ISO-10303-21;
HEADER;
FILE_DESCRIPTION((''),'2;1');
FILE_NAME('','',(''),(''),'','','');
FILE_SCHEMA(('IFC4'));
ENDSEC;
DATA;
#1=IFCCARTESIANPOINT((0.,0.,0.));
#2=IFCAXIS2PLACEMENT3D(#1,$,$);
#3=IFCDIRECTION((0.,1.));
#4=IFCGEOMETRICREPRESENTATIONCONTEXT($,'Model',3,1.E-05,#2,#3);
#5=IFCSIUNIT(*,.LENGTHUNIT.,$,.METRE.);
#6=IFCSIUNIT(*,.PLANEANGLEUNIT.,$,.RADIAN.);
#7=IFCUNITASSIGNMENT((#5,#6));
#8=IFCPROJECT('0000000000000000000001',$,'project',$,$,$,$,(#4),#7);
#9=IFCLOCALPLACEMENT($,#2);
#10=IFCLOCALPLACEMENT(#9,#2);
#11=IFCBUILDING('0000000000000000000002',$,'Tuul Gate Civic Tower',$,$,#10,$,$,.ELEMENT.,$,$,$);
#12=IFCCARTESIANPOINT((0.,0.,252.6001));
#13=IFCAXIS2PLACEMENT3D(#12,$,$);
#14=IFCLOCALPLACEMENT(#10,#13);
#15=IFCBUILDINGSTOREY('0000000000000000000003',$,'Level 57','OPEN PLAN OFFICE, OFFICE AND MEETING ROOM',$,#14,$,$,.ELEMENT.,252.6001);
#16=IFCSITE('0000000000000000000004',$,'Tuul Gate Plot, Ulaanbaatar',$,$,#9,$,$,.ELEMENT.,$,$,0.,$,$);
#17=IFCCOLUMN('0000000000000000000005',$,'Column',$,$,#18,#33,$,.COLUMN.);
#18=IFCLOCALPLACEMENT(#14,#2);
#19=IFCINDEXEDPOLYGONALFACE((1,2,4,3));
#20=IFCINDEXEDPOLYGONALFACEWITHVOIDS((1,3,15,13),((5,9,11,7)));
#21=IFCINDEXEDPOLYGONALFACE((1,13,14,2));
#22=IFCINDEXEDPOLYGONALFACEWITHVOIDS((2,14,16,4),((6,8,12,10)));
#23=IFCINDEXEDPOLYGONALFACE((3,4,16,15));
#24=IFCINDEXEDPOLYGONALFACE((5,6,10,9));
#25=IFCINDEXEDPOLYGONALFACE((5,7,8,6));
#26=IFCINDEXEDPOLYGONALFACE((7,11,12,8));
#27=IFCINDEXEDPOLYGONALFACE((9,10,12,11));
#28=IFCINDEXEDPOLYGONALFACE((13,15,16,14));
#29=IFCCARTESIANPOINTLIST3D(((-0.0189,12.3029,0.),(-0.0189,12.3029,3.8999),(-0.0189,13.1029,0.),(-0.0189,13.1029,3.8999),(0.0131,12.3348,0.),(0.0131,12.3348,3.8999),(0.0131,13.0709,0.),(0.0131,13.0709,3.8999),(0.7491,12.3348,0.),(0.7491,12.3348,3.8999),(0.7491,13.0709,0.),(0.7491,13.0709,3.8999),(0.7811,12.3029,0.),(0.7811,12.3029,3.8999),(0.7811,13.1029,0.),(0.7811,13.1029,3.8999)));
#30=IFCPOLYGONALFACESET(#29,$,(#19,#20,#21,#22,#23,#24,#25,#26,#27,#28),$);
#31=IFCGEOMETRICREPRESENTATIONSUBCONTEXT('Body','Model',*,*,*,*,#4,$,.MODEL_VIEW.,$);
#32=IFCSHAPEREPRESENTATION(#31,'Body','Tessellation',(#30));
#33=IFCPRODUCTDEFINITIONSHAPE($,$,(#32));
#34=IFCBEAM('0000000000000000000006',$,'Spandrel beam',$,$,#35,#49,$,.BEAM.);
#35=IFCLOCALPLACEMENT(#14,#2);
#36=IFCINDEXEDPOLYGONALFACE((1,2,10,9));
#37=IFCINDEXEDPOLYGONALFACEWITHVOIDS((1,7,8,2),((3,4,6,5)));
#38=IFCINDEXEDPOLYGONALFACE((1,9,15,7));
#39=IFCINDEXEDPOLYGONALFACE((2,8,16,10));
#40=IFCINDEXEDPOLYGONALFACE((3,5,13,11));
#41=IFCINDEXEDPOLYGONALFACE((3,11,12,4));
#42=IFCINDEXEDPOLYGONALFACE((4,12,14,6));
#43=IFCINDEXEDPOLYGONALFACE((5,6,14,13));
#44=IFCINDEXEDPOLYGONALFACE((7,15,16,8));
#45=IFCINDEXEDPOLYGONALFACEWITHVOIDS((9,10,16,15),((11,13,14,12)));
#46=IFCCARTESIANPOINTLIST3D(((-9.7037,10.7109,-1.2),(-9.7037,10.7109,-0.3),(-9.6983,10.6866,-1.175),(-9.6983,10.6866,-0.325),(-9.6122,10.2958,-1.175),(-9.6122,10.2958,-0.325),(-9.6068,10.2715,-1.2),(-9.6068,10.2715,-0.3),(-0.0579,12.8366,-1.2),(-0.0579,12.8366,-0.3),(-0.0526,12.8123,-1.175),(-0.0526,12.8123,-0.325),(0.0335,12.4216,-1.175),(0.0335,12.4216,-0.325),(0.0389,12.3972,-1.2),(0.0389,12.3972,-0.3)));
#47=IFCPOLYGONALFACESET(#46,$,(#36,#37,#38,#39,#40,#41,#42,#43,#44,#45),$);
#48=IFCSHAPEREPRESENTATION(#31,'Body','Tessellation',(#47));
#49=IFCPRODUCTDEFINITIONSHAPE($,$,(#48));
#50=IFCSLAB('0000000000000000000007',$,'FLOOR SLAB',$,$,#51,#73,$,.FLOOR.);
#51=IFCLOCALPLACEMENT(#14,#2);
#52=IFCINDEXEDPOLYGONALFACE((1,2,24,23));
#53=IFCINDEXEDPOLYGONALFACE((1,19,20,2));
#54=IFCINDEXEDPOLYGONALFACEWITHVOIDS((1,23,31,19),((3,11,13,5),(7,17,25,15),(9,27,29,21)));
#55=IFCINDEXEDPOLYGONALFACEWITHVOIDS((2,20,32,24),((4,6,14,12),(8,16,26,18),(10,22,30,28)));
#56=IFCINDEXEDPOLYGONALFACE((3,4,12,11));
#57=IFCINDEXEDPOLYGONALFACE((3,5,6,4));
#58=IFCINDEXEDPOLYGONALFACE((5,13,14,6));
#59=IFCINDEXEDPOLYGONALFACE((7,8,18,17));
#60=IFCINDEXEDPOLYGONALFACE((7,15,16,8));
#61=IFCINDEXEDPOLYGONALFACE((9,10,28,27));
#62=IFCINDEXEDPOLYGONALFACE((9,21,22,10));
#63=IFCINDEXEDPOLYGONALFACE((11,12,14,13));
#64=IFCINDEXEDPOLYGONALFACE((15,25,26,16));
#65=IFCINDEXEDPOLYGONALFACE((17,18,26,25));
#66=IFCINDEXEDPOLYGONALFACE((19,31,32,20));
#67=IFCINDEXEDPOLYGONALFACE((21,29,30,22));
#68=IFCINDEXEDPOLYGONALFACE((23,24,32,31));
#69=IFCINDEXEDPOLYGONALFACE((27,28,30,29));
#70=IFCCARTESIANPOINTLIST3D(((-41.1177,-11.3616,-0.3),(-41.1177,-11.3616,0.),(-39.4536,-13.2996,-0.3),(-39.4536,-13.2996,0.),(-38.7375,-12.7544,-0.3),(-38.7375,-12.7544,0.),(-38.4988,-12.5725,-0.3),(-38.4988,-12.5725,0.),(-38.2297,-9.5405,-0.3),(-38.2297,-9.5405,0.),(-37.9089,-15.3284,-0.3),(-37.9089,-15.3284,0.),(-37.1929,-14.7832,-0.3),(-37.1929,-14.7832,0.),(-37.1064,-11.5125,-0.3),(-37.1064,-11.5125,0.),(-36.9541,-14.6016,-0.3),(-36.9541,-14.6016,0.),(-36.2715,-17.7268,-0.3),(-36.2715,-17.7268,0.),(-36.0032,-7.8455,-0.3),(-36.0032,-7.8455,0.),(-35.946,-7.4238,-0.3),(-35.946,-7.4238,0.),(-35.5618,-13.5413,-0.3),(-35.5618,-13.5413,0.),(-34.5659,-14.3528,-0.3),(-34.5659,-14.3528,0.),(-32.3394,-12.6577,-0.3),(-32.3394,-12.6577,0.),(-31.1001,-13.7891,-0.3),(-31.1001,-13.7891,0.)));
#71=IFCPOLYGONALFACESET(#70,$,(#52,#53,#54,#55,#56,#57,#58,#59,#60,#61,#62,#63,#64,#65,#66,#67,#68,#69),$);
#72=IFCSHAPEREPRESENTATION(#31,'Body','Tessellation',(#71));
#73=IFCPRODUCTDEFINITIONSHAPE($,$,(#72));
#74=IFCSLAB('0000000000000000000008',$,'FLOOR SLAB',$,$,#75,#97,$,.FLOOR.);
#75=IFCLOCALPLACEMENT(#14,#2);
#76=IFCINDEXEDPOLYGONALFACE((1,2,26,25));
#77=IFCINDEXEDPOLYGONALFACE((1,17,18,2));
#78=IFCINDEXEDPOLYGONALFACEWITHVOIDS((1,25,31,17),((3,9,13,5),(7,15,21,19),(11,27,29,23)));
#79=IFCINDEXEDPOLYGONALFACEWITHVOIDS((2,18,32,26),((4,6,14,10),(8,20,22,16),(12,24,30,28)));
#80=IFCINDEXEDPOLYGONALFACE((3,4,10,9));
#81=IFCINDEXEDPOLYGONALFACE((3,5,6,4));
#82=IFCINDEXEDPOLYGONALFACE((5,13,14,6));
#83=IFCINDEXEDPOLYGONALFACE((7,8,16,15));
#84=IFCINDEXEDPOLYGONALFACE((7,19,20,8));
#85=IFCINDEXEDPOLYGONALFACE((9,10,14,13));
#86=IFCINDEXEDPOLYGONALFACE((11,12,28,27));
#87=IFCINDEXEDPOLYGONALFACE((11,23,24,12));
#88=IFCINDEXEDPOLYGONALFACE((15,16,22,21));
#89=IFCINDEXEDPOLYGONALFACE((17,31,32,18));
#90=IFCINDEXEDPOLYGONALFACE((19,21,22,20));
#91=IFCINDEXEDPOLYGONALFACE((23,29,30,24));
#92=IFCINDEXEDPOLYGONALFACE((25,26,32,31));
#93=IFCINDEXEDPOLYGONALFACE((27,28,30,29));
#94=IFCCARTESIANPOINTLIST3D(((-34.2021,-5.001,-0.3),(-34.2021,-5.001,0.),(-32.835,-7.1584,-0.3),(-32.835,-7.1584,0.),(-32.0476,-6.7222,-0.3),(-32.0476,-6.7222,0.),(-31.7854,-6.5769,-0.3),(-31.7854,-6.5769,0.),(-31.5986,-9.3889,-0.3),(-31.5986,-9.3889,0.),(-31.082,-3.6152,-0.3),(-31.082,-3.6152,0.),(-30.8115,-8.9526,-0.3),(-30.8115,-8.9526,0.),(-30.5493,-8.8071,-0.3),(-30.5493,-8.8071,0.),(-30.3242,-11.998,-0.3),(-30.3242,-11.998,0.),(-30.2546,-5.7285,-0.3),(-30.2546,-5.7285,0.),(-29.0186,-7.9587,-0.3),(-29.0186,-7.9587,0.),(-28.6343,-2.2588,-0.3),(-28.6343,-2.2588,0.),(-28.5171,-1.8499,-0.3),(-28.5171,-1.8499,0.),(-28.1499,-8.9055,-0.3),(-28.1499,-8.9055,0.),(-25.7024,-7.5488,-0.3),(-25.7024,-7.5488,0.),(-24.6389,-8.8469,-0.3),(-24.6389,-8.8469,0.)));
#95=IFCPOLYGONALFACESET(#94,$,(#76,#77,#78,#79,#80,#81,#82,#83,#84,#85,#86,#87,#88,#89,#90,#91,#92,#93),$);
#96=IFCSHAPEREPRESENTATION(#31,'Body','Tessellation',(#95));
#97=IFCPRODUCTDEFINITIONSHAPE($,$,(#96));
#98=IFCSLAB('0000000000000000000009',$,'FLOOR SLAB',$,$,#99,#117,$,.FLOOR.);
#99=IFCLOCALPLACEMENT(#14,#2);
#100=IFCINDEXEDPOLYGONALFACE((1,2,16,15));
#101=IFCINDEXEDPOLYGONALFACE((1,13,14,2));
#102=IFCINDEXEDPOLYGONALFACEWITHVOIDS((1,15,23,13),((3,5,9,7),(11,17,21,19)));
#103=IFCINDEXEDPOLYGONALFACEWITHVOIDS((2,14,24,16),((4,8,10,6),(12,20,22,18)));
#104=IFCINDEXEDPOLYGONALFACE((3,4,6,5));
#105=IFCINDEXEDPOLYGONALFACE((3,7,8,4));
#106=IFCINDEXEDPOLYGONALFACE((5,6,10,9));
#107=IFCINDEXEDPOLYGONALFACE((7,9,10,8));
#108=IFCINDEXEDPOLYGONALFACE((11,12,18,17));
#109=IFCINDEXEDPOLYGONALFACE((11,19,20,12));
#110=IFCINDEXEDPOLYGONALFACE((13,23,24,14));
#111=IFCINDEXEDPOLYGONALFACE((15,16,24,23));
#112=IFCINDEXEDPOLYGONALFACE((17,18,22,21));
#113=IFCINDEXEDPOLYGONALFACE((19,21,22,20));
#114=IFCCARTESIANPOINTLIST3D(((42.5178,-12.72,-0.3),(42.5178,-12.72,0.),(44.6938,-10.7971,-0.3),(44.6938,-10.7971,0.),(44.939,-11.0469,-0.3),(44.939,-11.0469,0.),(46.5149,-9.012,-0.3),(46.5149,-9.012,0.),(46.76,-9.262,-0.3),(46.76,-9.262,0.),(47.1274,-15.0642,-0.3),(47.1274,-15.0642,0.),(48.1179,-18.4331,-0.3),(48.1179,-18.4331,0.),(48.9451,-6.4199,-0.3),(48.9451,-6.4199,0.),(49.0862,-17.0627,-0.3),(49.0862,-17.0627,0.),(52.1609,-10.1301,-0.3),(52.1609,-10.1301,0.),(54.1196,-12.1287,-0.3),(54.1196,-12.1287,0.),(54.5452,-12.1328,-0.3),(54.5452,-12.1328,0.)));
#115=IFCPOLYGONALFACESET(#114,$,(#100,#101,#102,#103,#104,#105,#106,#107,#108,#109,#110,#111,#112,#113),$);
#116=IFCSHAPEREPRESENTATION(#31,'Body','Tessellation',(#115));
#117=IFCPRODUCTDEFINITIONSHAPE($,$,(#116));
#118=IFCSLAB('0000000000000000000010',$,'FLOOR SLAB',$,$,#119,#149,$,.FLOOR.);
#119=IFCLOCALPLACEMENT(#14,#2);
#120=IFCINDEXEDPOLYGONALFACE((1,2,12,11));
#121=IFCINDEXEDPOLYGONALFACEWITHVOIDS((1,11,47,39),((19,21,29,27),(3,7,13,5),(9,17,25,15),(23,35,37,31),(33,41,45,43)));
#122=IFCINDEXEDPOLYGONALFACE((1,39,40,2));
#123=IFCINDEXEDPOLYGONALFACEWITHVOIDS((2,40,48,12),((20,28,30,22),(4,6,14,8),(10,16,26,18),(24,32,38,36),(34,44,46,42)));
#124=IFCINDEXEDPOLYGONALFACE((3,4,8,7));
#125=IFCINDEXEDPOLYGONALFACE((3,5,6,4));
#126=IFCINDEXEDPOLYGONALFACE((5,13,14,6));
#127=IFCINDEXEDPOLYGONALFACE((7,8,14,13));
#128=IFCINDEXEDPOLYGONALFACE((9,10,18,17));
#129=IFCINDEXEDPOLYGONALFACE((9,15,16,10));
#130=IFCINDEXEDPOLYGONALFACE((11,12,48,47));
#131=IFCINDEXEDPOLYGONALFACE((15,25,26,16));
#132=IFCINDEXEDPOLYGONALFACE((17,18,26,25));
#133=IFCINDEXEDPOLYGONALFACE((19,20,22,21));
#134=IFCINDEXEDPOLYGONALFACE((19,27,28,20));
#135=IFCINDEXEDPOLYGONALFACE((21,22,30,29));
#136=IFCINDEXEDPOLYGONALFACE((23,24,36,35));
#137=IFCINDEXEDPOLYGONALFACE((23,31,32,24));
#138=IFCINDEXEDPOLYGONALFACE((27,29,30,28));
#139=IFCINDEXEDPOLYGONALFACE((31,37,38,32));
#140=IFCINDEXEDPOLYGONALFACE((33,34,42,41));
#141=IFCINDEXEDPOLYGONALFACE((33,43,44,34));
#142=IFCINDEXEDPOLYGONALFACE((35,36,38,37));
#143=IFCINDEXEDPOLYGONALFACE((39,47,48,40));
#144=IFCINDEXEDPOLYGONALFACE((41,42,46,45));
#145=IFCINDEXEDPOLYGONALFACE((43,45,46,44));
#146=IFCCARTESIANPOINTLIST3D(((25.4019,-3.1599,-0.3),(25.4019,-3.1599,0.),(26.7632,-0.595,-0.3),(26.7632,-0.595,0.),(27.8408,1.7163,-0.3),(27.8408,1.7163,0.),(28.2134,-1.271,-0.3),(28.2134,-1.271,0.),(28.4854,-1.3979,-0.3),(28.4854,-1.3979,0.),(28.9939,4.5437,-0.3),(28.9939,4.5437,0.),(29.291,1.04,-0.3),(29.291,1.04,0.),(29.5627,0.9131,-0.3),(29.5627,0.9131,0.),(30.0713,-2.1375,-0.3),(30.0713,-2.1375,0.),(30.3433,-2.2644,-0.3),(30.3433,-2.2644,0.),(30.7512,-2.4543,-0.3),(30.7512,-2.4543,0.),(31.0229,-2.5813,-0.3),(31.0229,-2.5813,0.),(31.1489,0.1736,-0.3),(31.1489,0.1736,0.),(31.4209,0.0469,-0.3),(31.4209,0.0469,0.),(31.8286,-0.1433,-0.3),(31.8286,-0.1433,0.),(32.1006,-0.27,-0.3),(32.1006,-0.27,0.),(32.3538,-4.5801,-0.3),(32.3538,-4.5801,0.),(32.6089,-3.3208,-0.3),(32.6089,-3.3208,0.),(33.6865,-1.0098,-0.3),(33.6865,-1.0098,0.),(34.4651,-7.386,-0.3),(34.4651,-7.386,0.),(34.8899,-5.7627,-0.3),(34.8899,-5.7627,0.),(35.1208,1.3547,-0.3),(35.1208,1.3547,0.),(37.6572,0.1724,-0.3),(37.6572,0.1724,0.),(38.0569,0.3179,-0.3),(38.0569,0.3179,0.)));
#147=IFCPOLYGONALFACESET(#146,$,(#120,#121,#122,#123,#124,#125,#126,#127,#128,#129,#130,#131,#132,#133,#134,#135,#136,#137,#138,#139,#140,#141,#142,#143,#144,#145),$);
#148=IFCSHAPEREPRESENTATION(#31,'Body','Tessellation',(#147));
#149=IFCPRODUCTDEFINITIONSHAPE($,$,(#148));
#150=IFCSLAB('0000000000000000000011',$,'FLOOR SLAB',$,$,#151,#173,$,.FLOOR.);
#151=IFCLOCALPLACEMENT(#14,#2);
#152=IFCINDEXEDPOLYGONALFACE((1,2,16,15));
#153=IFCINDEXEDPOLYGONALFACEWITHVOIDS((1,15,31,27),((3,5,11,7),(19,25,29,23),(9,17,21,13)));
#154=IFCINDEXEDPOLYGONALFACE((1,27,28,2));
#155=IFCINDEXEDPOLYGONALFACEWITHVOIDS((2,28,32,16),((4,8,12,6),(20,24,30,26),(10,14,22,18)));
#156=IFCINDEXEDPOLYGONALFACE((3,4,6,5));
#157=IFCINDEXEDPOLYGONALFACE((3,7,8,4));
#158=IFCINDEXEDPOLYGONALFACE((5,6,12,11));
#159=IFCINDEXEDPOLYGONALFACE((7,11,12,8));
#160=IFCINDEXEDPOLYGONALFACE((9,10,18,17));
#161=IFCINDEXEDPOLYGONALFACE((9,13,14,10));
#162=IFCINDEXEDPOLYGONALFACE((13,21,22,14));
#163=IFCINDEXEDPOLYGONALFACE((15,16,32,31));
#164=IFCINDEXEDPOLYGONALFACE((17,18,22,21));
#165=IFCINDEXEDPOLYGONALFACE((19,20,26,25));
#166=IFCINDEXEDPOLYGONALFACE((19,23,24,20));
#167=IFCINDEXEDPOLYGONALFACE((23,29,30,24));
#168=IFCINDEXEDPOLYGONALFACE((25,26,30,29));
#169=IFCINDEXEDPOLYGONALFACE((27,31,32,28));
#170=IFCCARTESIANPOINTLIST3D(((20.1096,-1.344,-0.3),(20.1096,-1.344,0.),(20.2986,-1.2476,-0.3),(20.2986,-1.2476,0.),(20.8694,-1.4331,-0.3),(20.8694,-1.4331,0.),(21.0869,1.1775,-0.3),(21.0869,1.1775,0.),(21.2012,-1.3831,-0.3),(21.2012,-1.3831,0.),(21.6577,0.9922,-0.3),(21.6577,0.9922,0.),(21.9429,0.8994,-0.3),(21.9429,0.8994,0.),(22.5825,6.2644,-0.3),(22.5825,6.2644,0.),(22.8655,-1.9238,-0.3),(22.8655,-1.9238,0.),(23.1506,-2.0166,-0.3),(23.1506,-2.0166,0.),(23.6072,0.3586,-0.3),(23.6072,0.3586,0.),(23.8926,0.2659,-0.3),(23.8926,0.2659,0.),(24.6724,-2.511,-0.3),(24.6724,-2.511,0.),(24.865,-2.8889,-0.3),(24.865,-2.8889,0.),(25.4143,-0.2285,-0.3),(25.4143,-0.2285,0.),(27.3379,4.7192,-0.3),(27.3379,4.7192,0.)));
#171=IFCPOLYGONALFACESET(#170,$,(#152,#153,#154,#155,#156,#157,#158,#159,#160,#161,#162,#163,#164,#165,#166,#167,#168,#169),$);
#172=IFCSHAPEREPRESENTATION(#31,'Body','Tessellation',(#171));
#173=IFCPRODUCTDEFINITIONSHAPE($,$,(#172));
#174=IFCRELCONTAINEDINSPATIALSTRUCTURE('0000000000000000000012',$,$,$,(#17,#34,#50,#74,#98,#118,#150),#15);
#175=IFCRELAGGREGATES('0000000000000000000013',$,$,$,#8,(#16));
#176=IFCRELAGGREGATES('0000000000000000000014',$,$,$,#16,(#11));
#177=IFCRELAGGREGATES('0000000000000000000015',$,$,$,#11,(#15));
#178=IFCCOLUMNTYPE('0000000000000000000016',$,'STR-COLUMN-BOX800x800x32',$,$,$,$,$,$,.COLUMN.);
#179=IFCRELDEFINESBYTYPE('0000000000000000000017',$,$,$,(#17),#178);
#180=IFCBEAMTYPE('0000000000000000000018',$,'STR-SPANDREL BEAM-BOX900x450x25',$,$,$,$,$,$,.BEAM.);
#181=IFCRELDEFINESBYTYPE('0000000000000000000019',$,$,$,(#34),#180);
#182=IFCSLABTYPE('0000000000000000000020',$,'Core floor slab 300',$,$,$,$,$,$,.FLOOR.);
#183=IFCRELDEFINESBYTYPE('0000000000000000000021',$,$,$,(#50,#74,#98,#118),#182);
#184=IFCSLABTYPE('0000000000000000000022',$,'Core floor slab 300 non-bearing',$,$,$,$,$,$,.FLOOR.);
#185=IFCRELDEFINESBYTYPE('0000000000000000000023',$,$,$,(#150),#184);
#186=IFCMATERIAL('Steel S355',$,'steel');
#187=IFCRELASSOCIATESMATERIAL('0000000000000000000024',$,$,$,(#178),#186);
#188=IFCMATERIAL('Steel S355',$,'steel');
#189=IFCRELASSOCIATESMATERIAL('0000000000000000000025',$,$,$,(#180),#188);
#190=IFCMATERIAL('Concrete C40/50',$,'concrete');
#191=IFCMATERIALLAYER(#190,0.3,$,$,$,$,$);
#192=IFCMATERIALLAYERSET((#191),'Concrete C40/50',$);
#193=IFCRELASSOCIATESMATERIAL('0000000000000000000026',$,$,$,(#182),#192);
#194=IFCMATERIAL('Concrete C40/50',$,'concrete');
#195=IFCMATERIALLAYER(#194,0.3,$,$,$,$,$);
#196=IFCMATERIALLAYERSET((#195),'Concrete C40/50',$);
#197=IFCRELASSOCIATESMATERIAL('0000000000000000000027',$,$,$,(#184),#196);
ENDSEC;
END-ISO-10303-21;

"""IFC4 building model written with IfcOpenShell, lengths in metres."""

from ifc_helpers import new_model, si_unit, direction, frame, origin, origin_2d, place, context, subcontext, project, spatial, polyline, hollow_rectangle, outline, extrude, material, layer, layer_set, material_profile, profile_set, type_object, element, save


model = new_model("IFC4")

# Units and contexts
model_context = context("Model", 3, precision=1e-05, world=origin(), true_north=direction((0.0, 1.0)))
body_context = subcontext(model_context, "Body", "Model", "MODEL_VIEW")
ifc_project = project(units=[si_unit("LENGTHUNIT", "METRE"), si_unit("PLANEANGLEUNIT", "RADIAN")], contexts=[model_context])

# Site, building, storey
site_placement = place(None, origin())
site = spatial("IfcSite", under=ifc_project, at=site_placement, Name="Tuul Gate Plot, Ulaanbaatar", CompositionType="ELEMENT", RefElevation=0.0)
building_placement = place(site_placement, origin())
building = spatial("IfcBuilding", under=site, at=building_placement, Name="Tuul Gate Civic Tower", CompositionType="ELEMENT")
storey_placement = place(building_placement, frame((0.0, 0.0, 252.6001)))
storey = spatial("IfcBuildingStorey", under=building, at=storey_placement, Name="Level 57", Description="OPEN PLAN OFFICE, OFFICE AND MEETING ROOM", CompositionType="ELEMENT", Elevation=252.6001)

# Column
ifc_material_1 = material(Name="Steel S355", Category="steel")
ifc_material_profile_1 = material_profile(ifc_material_1, hollow_rectangle(XDim=0.8, YDim=0.8, WallThickness=0.032, at=origin_2d()), Name="BOX800x800x32")
ifc_profile_set_1 = profile_set([ifc_material_profile_1], Name="Steel S355")
column_type = type_object("IfcColumnType", Name="STR-COLUMN-BOX800x800x32", PredefinedType="COLUMN", material=ifc_profile_set_1)
column_placement = place(storey_placement, frame((0.3811, 12.7029, 0.0), z_axis=(0.0, 0.0, 1.0), x_axis=(1.0, 0.0, 0.0)))
element("IfcColumn", 1, at=column_placement, inside=storey, type_object=column_type, Name="Column", PredefinedType="COLUMN", context=body_context, shape_type="SweptSolid", body=[
    extrude(hollow_rectangle(XDim=0.8, YDim=0.8, WallThickness=0.032, at=origin_2d()), origin(), (0.0, 0.0, 1.0), 3.8999),
])

# Beam
ifc_material_2 = material(Name="Steel S355", Category="steel")
ifc_material_profile_2 = material_profile(ifc_material_2, hollow_rectangle(XDim=0.45, YDim=0.8999, WallThickness=0.0249, at=origin_2d()), Name="BOX900x450x25")
ifc_profile_set_2 = profile_set([ifc_material_profile_2], Name="Steel S355")
beam_type = type_object("IfcBeamType", Name="STR-SPANDREL BEAM-BOX900x450x25", PredefinedType="BEAM", material=ifc_profile_set_2)
beam_placement = place(storey_placement, frame((-0.0095, 12.6169, -0.75), z_axis=(-0.976566, -0.215216, 0.0), x_axis=(0.215216, -0.976566, 0.0)))
element("IfcBeam", 2, at=beam_placement, inside=storey, type_object=beam_type, Name="Spandrel beam", PredefinedType="BEAM", context=body_context, shape_type="SweptSolid", body=[
    extrude(hollow_rectangle(XDim=0.45, YDim=0.8999, WallThickness=0.0249, at=origin_2d()), origin(), (0.0, 0.0, 1.0), 9.8772),
])

# Slabs
ifc_material_3 = material(Name="Concrete C40/50", Category="concrete")
ifc_layer_1 = layer(ifc_material_3, 0.3)
ifc_layer_set_1 = layer_set([ifc_layer_1], Name="Concrete C40/50")
slab_type_1 = type_object("IfcSlabType", Name="Core floor slab 300", PredefinedType="FLOOR", material=ifc_layer_set_1)
slab_1_placement = place(storey_placement, frame((0.0, 0.0, -0.3)))
element("IfcSlab", 3, at=slab_1_placement, inside=storey, type_object=slab_type_1, Name="FLOOR SLAB", PredefinedType="FLOOR", context=body_context, shape_type="SweptSolid", body=[
    extrude(outline(polyline([(-31.1001, -13.7891), (-35.946, -7.4238), (-41.1177, -11.3616), (-36.2715, -17.7268), (-31.1001, -13.7891)]), holes=[polyline([(-35.5618, -13.5413), (-37.1064, -11.5125), (-38.4988, -12.5725), (-36.9541, -14.6016), (-35.5618, -13.5413)]), polyline([(-37.1929, -14.7832), (-38.7375, -12.7544), (-39.4536, -13.2996), (-37.9089, -15.3284), (-37.1929, -14.7832)]), polyline([(-32.3394, -12.6577), (-34.5659, -14.3528), (-38.2297, -9.5405), (-36.0032, -7.8455), (-32.3394, -12.6577)])]), origin(), (0.0, 0.0, 1.0), 0.3),
])
slab_2_placement = place(storey_placement, frame((0.0, 0.0, -0.3)))
element("IfcSlab", 4, at=slab_2_placement, inside=storey, type_object=slab_type_1, Name="FLOOR SLAB", PredefinedType="FLOOR", context=body_context, shape_type="SweptSolid", body=[
    extrude(outline(polyline([(-24.6389, -8.8469), (-28.5171, -1.8499), (-34.2021, -5.001), (-30.3242, -11.998), (-24.6389, -8.8469)]), holes=[polyline([(-29.0186, -7.9587), (-30.2546, -5.7285), (-31.7854, -6.5769), (-30.5493, -8.8071), (-29.0186, -7.9587)]), polyline([(-30.8115, -8.9526), (-32.0476, -6.7222), (-32.835, -7.1584), (-31.5986, -9.3889), (-30.8115, -8.9526)]), polyline([(-25.7024, -7.5488), (-28.1499, -8.9055), (-31.082, -3.6152), (-28.6343, -2.2588), (-25.7024, -7.5488)])]), origin(), (0.0, 0.0, 1.0), 0.3),
])
slab_3_placement = place(storey_placement, frame((0.0, 0.0, -0.3)))
element("IfcSlab", 5, at=slab_3_placement, inside=storey, type_object=slab_type_1, Name="FLOOR SLAB", PredefinedType="FLOOR", context=body_context, shape_type="SweptSolid", body=[
    extrude(outline(polyline([(48.1179, -18.4331), (54.5452, -12.1328), (48.9451, -6.4199), (42.5178, -12.72), (48.1179, -18.4331)]), holes=[polyline([(44.939, -11.0469), (46.76, -9.262), (46.5149, -9.012), (44.6938, -10.7971), (44.939, -11.0469)]), polyline([(49.0862, -17.0627), (47.1274, -15.0642), (52.1609, -10.1301), (54.1196, -12.1287), (49.0862, -17.0627)])]), origin(), (0.0, 0.0, 1.0), 0.3),
])
slab_4_placement = place(storey_placement, frame((0.0, 0.0, -0.3)))
element("IfcSlab", 6, at=slab_4_placement, inside=storey, type_object=slab_type_1, Name="FLOOR SLAB", PredefinedType="FLOOR", context=body_context, shape_type="SweptSolid", body=[
    extrude(outline(polyline([(34.4651, -7.386), (38.0569, 0.3179), (28.9939, 4.5437), (25.4019, -3.1599), (34.4651, -7.386)]), holes=[polyline([(32.6089, -3.3208), (33.6865, -1.0098), (32.1006, -0.27), (31.0229, -2.5813), (32.6089, -3.3208)]), polyline([(30.0713, -2.1375), (31.1489, 0.1736), (29.5627, 0.9131), (28.4854, -1.3979), (30.0713, -2.1375)]), polyline([(30.7512, -2.4543), (31.8286, -0.1433), (31.4209, 0.0469), (30.3433, -2.2644), (30.7512, -2.4543)]), polyline([(28.2134, -1.271), (29.291, 1.04), (27.8408, 1.7163), (26.7632, -0.595), (28.2134, -1.271)]), polyline([(34.8899, -5.7627), (32.3538, -4.5801), (35.1208, 1.3547), (37.6572, 0.1724), (34.8899, -5.7627)])]), origin(), (0.0, 0.0, 1.0), 0.3),
])
ifc_material_4 = material(Name="Concrete C40/50", Category="concrete")
ifc_layer_2 = layer(ifc_material_4, 0.3)
ifc_layer_set_2 = layer_set([ifc_layer_2], Name="Concrete C40/50")
slab_type_2 = type_object("IfcSlabType", Name="Core floor slab 300 non-bearing", PredefinedType="FLOOR", material=ifc_layer_set_2)
slab_5_placement = place(storey_placement, frame((0.0, 0.0, -0.3)))
element("IfcSlab", 7, at=slab_5_placement, inside=storey, type_object=slab_type_2, Name="FLOOR SLAB", PredefinedType="FLOOR", context=body_context, shape_type="SweptSolid", body=[
    extrude(outline(polyline([(24.865, -2.8889), (27.3379, 4.7192), (22.5825, 6.2644), (20.1096, -1.344), (24.865, -2.8889)]), holes=[polyline([(24.6724, -2.511), (25.4143, -0.2285), (23.8926, 0.2659), (23.1506, -2.0166), (24.6724, -2.511)]), polyline([(22.8655, -1.9238), (23.6072, 0.3586), (21.9429, 0.8994), (21.2012, -1.3831), (22.8655, -1.9238)]), polyline([(20.8694, -1.4331), (21.6577, 0.9922), (21.0869, 1.1775), (20.2986, -1.2476), (20.8694, -1.4331)])]), origin(), (0.0, 0.0, 1.0), 0.3),
])

save(model, "model.ifc")
